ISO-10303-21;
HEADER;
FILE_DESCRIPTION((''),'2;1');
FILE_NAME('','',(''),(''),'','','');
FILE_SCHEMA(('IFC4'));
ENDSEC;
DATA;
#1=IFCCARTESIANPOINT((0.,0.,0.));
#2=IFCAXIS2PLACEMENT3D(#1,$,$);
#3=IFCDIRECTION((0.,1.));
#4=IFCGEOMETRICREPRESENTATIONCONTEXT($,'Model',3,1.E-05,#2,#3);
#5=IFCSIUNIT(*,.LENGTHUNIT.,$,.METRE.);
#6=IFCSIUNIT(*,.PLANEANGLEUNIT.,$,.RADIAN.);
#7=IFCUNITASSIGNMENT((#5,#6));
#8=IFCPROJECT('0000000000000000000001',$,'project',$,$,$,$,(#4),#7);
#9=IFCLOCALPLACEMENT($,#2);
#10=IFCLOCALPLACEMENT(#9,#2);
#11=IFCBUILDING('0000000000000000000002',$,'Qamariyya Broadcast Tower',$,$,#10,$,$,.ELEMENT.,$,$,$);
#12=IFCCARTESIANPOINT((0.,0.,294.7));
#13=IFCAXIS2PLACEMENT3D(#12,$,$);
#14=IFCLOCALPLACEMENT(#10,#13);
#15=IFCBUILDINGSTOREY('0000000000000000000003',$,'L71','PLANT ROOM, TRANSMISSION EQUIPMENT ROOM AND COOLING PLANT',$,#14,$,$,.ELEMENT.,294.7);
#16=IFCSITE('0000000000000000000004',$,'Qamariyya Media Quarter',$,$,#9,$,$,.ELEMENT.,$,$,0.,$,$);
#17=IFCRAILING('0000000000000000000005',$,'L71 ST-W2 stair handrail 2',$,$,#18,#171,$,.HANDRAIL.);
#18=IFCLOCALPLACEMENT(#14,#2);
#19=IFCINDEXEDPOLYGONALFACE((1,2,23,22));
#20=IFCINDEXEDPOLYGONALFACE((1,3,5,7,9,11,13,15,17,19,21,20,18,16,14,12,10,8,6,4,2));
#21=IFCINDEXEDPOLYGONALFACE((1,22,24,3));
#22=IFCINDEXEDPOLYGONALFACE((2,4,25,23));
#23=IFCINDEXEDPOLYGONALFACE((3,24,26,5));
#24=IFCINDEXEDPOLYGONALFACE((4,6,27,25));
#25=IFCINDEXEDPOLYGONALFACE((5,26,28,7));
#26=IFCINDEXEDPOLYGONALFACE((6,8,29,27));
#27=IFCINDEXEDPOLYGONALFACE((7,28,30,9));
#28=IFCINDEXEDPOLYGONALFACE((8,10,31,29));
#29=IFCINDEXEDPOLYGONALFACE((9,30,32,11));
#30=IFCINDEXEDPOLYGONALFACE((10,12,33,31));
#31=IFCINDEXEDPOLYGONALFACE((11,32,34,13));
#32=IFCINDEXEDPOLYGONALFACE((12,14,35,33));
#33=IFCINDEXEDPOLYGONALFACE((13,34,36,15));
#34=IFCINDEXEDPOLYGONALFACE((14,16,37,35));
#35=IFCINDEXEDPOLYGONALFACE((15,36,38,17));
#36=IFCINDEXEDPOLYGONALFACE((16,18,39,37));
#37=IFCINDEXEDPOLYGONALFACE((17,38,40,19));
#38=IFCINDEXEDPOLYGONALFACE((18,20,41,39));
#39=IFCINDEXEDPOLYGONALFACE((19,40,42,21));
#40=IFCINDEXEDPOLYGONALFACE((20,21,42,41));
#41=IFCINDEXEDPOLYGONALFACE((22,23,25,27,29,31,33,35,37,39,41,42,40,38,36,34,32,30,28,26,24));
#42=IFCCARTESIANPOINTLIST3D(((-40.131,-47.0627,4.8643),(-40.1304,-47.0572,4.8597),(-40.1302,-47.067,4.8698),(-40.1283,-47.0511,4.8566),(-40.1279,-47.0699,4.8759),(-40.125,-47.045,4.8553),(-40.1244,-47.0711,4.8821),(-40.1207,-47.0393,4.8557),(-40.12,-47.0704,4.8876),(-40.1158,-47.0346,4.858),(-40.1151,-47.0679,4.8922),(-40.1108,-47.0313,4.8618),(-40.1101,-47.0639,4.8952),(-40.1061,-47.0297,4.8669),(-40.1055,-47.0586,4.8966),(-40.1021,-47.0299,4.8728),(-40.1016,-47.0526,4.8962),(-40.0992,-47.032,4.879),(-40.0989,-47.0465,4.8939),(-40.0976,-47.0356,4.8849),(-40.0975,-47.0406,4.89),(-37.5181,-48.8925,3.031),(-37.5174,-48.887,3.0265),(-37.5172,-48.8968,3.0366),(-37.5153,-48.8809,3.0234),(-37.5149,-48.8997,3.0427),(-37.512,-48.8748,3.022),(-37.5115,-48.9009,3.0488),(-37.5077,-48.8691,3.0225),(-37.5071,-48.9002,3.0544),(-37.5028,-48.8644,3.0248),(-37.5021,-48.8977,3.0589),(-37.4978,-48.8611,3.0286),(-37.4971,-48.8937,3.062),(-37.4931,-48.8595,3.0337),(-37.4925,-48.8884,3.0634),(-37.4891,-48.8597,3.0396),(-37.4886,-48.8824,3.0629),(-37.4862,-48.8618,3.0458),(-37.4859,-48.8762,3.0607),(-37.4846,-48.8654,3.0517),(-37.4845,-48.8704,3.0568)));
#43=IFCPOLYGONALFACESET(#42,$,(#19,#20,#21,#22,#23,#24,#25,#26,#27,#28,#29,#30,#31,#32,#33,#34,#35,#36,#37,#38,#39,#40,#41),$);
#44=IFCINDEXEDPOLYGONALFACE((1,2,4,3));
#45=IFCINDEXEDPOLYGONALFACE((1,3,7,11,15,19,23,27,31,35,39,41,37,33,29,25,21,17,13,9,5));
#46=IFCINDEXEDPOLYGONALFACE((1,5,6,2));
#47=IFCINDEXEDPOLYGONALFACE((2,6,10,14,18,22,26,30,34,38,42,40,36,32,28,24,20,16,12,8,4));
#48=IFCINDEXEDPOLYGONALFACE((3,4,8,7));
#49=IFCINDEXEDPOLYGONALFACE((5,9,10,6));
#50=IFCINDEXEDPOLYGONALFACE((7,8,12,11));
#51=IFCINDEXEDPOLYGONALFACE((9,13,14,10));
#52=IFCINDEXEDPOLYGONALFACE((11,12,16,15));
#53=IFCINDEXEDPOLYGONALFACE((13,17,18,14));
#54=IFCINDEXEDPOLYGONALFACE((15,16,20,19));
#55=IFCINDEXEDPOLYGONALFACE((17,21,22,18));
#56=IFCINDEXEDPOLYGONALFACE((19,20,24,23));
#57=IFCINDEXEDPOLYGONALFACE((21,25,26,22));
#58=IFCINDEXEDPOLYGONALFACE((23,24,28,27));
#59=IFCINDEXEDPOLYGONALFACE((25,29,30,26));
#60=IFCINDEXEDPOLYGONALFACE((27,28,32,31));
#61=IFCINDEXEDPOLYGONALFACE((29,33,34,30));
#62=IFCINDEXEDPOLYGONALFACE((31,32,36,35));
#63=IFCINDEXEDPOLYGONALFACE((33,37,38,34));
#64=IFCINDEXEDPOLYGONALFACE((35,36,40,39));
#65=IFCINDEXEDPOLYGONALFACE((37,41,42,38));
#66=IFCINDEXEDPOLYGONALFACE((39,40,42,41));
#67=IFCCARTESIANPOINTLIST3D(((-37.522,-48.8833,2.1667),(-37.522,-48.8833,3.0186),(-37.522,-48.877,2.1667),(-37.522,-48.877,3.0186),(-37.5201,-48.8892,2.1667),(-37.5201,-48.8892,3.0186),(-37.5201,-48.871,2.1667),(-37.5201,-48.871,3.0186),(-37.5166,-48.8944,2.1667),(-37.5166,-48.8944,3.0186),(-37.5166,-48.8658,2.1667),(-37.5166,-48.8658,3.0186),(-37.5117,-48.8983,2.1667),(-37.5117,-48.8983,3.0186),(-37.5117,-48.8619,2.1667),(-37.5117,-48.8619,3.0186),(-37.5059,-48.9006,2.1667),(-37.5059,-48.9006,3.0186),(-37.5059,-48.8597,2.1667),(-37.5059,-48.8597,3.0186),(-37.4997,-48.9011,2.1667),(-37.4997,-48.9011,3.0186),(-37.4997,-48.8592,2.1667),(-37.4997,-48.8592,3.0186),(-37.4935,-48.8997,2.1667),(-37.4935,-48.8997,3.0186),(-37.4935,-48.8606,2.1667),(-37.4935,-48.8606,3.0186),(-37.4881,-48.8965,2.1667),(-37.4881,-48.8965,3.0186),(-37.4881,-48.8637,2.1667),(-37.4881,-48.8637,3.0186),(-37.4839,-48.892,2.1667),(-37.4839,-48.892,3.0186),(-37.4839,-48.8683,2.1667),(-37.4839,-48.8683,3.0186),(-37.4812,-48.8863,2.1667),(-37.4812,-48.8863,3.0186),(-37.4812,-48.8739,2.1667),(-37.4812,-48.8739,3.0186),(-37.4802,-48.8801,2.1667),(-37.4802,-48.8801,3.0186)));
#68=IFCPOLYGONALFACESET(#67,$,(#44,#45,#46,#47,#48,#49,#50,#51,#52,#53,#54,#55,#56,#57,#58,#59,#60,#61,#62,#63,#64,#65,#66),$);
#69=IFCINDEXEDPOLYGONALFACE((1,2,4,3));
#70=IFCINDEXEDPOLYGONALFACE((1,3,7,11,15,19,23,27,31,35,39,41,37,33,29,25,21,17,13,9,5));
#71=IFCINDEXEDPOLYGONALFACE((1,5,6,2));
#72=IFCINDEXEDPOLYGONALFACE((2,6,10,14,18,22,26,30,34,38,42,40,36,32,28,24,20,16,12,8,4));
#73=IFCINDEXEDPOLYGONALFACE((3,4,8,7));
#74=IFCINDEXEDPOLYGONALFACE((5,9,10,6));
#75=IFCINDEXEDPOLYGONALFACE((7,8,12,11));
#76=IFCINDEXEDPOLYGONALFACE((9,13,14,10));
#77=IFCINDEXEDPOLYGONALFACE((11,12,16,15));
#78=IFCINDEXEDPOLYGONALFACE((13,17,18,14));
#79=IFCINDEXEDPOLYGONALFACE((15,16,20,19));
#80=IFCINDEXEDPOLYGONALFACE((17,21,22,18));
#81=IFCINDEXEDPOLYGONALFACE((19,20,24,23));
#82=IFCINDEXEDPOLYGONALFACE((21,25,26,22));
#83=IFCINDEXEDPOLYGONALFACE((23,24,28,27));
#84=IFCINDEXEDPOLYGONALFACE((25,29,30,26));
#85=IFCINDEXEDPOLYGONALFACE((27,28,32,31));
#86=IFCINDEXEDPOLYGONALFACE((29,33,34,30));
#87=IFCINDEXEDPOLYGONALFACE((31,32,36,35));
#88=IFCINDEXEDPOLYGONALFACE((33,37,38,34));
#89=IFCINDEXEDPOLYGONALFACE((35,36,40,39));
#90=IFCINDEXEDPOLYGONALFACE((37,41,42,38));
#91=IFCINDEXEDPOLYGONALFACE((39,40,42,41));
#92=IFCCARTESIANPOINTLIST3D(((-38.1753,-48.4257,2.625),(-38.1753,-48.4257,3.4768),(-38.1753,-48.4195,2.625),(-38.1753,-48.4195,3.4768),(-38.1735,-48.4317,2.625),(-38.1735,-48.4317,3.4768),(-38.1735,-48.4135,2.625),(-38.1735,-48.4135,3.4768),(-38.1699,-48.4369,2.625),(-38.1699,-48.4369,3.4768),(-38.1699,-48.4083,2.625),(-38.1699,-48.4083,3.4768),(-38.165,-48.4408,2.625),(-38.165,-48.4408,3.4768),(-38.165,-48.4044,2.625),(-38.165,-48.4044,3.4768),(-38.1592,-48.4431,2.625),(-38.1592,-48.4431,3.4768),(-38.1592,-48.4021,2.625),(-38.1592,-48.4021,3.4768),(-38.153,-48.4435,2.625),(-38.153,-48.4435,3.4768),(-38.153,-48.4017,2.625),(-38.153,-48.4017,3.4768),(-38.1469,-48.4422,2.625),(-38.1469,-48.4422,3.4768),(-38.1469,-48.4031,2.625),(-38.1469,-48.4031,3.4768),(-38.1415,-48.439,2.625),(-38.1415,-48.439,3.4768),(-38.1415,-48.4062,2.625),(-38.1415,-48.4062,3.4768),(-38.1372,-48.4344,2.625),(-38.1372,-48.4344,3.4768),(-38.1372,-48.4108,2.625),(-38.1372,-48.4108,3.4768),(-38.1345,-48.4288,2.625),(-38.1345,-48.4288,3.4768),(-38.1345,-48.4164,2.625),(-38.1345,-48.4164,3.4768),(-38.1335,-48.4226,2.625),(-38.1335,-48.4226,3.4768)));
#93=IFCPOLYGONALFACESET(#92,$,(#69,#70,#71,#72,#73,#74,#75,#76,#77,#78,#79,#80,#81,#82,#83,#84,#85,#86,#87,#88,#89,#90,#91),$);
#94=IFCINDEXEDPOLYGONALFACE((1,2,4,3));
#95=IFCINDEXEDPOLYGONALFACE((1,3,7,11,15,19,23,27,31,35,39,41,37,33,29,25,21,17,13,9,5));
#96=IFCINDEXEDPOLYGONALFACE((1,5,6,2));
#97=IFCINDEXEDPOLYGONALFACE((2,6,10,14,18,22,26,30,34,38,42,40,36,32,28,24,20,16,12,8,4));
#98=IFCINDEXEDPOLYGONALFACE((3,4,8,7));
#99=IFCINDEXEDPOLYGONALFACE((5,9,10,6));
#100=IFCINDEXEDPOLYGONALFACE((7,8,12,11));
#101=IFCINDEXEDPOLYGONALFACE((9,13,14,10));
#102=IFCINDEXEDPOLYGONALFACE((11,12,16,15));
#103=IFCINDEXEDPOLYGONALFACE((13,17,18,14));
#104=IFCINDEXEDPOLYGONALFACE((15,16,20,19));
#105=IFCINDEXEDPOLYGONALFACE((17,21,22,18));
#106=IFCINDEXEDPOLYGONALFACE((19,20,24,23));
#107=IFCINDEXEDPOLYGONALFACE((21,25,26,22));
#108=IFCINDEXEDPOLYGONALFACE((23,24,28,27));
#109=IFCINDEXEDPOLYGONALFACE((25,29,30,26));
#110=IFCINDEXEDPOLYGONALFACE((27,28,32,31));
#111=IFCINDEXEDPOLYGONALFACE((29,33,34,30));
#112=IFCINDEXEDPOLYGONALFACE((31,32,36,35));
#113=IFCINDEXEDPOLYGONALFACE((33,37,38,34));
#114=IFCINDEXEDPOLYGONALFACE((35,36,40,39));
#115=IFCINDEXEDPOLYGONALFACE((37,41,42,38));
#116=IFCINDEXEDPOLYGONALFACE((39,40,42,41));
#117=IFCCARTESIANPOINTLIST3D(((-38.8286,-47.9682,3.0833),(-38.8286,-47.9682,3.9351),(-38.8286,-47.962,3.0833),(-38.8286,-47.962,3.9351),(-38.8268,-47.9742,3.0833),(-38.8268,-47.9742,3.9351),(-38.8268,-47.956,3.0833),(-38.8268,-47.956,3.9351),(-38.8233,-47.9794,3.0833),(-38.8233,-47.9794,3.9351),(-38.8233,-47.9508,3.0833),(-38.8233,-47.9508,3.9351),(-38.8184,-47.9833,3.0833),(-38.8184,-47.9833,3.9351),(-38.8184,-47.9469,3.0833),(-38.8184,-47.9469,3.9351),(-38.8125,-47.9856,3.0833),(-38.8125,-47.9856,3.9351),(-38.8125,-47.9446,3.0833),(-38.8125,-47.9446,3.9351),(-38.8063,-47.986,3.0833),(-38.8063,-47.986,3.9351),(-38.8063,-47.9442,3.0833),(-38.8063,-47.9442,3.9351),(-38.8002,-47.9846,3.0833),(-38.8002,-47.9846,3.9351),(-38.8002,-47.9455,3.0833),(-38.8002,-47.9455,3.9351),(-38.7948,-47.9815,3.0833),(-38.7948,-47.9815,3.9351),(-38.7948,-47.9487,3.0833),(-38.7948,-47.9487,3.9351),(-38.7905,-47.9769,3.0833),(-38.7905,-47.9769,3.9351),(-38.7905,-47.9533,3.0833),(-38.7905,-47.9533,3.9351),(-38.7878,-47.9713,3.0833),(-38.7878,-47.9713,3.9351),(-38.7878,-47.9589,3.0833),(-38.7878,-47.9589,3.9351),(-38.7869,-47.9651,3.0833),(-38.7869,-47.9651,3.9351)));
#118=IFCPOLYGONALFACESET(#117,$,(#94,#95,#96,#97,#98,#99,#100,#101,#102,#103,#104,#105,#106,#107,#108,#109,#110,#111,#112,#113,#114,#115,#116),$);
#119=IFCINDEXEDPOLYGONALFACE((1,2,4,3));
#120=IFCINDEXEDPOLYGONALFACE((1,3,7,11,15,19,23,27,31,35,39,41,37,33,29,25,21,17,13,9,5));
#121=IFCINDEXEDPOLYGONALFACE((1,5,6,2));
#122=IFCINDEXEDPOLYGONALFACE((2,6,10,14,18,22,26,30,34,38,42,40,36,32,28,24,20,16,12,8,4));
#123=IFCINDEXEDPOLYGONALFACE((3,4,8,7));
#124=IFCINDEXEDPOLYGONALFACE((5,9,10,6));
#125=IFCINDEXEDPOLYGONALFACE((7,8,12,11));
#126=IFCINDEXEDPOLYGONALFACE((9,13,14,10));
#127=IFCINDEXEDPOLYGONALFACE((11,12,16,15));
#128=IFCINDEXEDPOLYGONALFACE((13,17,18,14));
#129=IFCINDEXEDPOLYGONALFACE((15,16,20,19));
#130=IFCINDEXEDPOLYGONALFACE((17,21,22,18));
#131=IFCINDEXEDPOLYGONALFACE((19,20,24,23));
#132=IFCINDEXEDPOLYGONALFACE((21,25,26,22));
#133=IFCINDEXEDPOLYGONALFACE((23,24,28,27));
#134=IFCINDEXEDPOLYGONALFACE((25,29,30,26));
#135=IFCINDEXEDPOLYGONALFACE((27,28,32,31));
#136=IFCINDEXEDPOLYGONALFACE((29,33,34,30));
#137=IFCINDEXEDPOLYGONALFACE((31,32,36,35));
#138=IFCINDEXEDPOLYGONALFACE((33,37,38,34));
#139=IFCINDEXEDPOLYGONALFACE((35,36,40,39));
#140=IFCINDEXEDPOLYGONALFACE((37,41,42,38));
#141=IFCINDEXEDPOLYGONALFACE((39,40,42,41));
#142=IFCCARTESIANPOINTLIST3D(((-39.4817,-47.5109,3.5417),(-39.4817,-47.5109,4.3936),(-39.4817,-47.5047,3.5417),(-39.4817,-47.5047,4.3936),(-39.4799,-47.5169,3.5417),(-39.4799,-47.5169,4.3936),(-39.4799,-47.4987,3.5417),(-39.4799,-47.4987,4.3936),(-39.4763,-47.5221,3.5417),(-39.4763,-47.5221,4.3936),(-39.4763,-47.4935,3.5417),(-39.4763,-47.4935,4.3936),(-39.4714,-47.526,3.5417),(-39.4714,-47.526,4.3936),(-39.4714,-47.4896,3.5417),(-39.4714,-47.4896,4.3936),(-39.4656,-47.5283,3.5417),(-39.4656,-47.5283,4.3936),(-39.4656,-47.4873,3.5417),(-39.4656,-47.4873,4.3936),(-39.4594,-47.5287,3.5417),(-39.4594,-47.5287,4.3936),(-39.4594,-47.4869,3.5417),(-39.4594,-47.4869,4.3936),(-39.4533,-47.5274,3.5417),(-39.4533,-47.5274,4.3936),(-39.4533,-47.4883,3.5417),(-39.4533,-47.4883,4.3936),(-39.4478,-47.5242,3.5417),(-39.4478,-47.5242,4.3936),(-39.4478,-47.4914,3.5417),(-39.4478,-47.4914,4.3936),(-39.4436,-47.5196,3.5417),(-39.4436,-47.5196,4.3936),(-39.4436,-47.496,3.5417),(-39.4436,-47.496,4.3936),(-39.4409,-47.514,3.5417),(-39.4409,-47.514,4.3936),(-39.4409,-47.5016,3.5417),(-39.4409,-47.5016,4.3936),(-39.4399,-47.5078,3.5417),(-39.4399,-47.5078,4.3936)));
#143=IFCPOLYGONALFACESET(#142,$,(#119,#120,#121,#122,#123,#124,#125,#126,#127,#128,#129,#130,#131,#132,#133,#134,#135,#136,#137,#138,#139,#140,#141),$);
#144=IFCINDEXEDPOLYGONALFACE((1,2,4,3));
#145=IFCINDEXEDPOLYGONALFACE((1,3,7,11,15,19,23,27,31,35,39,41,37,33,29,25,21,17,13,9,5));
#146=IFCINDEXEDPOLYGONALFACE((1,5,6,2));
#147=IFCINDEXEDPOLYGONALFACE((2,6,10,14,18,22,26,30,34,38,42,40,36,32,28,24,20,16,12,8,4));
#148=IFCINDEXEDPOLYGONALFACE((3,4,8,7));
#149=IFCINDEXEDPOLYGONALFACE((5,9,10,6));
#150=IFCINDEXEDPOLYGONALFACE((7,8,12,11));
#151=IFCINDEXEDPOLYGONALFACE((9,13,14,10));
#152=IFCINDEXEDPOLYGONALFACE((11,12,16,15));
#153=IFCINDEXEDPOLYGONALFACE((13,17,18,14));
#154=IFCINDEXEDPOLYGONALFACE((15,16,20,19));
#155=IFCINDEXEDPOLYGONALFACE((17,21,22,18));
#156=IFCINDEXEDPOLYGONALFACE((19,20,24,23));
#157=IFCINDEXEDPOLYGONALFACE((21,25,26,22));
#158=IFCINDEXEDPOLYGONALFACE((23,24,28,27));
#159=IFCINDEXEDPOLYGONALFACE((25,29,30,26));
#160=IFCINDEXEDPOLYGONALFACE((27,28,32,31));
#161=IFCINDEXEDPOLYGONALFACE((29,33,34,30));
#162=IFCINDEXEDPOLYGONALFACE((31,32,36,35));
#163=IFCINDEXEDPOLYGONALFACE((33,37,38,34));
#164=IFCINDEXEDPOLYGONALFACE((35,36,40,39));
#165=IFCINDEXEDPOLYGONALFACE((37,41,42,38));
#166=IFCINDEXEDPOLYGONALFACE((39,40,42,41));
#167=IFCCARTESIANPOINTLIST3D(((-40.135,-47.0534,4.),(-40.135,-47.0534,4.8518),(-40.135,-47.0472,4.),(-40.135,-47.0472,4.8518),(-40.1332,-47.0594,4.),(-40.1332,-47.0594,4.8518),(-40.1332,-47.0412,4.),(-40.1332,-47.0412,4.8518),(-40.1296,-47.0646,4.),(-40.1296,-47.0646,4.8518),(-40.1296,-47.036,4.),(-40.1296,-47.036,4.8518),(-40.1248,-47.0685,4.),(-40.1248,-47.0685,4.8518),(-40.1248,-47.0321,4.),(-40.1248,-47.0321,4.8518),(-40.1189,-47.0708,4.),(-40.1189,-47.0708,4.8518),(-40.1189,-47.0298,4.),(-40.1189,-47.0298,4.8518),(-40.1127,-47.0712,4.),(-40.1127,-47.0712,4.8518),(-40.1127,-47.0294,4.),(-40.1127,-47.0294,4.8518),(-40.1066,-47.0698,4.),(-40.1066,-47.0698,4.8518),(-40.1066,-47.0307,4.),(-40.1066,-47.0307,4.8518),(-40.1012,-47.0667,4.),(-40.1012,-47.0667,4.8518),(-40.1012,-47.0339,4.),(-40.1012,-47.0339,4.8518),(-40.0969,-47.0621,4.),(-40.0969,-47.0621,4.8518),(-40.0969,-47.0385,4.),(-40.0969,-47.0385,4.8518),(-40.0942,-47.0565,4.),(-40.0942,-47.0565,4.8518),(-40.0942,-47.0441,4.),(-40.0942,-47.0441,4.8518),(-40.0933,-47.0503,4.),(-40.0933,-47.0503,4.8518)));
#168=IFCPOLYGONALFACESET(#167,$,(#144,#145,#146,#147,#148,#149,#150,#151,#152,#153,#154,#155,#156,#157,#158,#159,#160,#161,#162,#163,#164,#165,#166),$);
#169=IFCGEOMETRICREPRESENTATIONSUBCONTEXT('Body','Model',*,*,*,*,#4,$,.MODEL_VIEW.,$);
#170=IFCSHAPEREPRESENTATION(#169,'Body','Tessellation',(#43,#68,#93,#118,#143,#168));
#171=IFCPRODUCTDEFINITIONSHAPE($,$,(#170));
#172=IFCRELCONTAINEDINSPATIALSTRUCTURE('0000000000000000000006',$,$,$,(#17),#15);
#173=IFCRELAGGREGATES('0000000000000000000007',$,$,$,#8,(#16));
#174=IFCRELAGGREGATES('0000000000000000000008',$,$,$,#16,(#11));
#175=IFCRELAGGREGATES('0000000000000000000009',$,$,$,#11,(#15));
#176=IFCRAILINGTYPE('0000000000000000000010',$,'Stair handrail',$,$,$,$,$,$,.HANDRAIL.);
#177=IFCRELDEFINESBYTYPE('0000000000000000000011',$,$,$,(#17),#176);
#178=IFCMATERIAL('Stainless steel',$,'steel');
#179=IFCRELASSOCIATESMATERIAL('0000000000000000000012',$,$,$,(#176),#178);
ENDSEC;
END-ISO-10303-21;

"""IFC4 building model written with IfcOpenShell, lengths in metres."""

from ifc_helpers import new_model, si_unit, direction, frame, origin, origin_2d, place, context, subcontext, project, spatial, circle, extrude, material, type_object, element, save


model = new_model("IFC4")

# Units and contexts
model_context = context("Model", 3, precision=1e-05, world=origin(), true_north=direction((0.0, 1.0)))
body_context = subcontext(model_context, "Body", "Model", "MODEL_VIEW")
ifc_project = project(units=[si_unit("LENGTHUNIT", "METRE"), si_unit("PLANEANGLEUNIT", "RADIAN")], contexts=[model_context])

# Site, building, storey
site_placement = place(None, origin())
site = spatial("IfcSite", under=ifc_project, at=site_placement, Name="Qamariyya Media Quarter", CompositionType="ELEMENT", RefElevation=0.0)
building_placement = place(site_placement, origin())
building = spatial("IfcBuilding", under=site, at=building_placement, Name="Qamariyya Broadcast Tower", CompositionType="ELEMENT")
storey_placement = place(building_placement, frame((0.0, 0.0, 294.7)))
storey = spatial("IfcBuildingStorey", under=building, at=storey_placement, Name="L71", Description="PLANT ROOM, TRANSMISSION EQUIPMENT ROOM AND COOLING PLANT", CompositionType="ELEMENT", Elevation=294.7)

# Railing
ifc_material_1 = material(Name="Stainless steel", Category="steel")
railing_type_1 = type_object("IfcRailingType", Name="Stair handrail", PredefinedType="HANDRAIL", material=ifc_material_1)
railing_1_placement = place(storey_placement, frame((-37.5012, -48.8801, 2.1667)))
element("IfcRailing", 1, at=railing_1_placement, inside=storey, type_object=railing_type_1, Name="L71 ST-W2 stair handrail 2", PredefinedType="HANDRAIL", context=body_context, shape_type="SweptSolid", body=[
    extrude(circle(Radius=0.0239, at=origin_2d()), frame((0.0, 0.0, 0.876), z_axis=(-0.710204, 0.497335, 0.498264), x_axis=(-0.573611, -0.819128, 0.0)), (0.0, 0.0, 1.0), 3.6792),
    extrude(circle(Radius=0.021, at=origin_2d()), origin(), (0.0, 0.0, 1.0), 0.8518),
    extrude(circle(Radius=0.021, at=origin_2d()), frame((-0.6533, 0.4575, 0.4583)), (0.0, 0.0, 1.0), 0.8518),
    extrude(circle(Radius=0.021, at=origin_2d()), frame((-1.3066, 0.915, 0.9165)), (0.0, 0.0, 1.0), 0.8518),
    extrude(circle(Radius=0.021, at=origin_2d()), frame((-1.9597, 1.3723, 1.375)), (0.0, 0.0, 1.0), 0.8518),
    extrude(circle(Radius=0.021, at=origin_2d()), frame((-2.613, 1.8298, 1.8333)), (0.0, 0.0, 1.0), 0.8518),
])

save(model, "model.ifc")
